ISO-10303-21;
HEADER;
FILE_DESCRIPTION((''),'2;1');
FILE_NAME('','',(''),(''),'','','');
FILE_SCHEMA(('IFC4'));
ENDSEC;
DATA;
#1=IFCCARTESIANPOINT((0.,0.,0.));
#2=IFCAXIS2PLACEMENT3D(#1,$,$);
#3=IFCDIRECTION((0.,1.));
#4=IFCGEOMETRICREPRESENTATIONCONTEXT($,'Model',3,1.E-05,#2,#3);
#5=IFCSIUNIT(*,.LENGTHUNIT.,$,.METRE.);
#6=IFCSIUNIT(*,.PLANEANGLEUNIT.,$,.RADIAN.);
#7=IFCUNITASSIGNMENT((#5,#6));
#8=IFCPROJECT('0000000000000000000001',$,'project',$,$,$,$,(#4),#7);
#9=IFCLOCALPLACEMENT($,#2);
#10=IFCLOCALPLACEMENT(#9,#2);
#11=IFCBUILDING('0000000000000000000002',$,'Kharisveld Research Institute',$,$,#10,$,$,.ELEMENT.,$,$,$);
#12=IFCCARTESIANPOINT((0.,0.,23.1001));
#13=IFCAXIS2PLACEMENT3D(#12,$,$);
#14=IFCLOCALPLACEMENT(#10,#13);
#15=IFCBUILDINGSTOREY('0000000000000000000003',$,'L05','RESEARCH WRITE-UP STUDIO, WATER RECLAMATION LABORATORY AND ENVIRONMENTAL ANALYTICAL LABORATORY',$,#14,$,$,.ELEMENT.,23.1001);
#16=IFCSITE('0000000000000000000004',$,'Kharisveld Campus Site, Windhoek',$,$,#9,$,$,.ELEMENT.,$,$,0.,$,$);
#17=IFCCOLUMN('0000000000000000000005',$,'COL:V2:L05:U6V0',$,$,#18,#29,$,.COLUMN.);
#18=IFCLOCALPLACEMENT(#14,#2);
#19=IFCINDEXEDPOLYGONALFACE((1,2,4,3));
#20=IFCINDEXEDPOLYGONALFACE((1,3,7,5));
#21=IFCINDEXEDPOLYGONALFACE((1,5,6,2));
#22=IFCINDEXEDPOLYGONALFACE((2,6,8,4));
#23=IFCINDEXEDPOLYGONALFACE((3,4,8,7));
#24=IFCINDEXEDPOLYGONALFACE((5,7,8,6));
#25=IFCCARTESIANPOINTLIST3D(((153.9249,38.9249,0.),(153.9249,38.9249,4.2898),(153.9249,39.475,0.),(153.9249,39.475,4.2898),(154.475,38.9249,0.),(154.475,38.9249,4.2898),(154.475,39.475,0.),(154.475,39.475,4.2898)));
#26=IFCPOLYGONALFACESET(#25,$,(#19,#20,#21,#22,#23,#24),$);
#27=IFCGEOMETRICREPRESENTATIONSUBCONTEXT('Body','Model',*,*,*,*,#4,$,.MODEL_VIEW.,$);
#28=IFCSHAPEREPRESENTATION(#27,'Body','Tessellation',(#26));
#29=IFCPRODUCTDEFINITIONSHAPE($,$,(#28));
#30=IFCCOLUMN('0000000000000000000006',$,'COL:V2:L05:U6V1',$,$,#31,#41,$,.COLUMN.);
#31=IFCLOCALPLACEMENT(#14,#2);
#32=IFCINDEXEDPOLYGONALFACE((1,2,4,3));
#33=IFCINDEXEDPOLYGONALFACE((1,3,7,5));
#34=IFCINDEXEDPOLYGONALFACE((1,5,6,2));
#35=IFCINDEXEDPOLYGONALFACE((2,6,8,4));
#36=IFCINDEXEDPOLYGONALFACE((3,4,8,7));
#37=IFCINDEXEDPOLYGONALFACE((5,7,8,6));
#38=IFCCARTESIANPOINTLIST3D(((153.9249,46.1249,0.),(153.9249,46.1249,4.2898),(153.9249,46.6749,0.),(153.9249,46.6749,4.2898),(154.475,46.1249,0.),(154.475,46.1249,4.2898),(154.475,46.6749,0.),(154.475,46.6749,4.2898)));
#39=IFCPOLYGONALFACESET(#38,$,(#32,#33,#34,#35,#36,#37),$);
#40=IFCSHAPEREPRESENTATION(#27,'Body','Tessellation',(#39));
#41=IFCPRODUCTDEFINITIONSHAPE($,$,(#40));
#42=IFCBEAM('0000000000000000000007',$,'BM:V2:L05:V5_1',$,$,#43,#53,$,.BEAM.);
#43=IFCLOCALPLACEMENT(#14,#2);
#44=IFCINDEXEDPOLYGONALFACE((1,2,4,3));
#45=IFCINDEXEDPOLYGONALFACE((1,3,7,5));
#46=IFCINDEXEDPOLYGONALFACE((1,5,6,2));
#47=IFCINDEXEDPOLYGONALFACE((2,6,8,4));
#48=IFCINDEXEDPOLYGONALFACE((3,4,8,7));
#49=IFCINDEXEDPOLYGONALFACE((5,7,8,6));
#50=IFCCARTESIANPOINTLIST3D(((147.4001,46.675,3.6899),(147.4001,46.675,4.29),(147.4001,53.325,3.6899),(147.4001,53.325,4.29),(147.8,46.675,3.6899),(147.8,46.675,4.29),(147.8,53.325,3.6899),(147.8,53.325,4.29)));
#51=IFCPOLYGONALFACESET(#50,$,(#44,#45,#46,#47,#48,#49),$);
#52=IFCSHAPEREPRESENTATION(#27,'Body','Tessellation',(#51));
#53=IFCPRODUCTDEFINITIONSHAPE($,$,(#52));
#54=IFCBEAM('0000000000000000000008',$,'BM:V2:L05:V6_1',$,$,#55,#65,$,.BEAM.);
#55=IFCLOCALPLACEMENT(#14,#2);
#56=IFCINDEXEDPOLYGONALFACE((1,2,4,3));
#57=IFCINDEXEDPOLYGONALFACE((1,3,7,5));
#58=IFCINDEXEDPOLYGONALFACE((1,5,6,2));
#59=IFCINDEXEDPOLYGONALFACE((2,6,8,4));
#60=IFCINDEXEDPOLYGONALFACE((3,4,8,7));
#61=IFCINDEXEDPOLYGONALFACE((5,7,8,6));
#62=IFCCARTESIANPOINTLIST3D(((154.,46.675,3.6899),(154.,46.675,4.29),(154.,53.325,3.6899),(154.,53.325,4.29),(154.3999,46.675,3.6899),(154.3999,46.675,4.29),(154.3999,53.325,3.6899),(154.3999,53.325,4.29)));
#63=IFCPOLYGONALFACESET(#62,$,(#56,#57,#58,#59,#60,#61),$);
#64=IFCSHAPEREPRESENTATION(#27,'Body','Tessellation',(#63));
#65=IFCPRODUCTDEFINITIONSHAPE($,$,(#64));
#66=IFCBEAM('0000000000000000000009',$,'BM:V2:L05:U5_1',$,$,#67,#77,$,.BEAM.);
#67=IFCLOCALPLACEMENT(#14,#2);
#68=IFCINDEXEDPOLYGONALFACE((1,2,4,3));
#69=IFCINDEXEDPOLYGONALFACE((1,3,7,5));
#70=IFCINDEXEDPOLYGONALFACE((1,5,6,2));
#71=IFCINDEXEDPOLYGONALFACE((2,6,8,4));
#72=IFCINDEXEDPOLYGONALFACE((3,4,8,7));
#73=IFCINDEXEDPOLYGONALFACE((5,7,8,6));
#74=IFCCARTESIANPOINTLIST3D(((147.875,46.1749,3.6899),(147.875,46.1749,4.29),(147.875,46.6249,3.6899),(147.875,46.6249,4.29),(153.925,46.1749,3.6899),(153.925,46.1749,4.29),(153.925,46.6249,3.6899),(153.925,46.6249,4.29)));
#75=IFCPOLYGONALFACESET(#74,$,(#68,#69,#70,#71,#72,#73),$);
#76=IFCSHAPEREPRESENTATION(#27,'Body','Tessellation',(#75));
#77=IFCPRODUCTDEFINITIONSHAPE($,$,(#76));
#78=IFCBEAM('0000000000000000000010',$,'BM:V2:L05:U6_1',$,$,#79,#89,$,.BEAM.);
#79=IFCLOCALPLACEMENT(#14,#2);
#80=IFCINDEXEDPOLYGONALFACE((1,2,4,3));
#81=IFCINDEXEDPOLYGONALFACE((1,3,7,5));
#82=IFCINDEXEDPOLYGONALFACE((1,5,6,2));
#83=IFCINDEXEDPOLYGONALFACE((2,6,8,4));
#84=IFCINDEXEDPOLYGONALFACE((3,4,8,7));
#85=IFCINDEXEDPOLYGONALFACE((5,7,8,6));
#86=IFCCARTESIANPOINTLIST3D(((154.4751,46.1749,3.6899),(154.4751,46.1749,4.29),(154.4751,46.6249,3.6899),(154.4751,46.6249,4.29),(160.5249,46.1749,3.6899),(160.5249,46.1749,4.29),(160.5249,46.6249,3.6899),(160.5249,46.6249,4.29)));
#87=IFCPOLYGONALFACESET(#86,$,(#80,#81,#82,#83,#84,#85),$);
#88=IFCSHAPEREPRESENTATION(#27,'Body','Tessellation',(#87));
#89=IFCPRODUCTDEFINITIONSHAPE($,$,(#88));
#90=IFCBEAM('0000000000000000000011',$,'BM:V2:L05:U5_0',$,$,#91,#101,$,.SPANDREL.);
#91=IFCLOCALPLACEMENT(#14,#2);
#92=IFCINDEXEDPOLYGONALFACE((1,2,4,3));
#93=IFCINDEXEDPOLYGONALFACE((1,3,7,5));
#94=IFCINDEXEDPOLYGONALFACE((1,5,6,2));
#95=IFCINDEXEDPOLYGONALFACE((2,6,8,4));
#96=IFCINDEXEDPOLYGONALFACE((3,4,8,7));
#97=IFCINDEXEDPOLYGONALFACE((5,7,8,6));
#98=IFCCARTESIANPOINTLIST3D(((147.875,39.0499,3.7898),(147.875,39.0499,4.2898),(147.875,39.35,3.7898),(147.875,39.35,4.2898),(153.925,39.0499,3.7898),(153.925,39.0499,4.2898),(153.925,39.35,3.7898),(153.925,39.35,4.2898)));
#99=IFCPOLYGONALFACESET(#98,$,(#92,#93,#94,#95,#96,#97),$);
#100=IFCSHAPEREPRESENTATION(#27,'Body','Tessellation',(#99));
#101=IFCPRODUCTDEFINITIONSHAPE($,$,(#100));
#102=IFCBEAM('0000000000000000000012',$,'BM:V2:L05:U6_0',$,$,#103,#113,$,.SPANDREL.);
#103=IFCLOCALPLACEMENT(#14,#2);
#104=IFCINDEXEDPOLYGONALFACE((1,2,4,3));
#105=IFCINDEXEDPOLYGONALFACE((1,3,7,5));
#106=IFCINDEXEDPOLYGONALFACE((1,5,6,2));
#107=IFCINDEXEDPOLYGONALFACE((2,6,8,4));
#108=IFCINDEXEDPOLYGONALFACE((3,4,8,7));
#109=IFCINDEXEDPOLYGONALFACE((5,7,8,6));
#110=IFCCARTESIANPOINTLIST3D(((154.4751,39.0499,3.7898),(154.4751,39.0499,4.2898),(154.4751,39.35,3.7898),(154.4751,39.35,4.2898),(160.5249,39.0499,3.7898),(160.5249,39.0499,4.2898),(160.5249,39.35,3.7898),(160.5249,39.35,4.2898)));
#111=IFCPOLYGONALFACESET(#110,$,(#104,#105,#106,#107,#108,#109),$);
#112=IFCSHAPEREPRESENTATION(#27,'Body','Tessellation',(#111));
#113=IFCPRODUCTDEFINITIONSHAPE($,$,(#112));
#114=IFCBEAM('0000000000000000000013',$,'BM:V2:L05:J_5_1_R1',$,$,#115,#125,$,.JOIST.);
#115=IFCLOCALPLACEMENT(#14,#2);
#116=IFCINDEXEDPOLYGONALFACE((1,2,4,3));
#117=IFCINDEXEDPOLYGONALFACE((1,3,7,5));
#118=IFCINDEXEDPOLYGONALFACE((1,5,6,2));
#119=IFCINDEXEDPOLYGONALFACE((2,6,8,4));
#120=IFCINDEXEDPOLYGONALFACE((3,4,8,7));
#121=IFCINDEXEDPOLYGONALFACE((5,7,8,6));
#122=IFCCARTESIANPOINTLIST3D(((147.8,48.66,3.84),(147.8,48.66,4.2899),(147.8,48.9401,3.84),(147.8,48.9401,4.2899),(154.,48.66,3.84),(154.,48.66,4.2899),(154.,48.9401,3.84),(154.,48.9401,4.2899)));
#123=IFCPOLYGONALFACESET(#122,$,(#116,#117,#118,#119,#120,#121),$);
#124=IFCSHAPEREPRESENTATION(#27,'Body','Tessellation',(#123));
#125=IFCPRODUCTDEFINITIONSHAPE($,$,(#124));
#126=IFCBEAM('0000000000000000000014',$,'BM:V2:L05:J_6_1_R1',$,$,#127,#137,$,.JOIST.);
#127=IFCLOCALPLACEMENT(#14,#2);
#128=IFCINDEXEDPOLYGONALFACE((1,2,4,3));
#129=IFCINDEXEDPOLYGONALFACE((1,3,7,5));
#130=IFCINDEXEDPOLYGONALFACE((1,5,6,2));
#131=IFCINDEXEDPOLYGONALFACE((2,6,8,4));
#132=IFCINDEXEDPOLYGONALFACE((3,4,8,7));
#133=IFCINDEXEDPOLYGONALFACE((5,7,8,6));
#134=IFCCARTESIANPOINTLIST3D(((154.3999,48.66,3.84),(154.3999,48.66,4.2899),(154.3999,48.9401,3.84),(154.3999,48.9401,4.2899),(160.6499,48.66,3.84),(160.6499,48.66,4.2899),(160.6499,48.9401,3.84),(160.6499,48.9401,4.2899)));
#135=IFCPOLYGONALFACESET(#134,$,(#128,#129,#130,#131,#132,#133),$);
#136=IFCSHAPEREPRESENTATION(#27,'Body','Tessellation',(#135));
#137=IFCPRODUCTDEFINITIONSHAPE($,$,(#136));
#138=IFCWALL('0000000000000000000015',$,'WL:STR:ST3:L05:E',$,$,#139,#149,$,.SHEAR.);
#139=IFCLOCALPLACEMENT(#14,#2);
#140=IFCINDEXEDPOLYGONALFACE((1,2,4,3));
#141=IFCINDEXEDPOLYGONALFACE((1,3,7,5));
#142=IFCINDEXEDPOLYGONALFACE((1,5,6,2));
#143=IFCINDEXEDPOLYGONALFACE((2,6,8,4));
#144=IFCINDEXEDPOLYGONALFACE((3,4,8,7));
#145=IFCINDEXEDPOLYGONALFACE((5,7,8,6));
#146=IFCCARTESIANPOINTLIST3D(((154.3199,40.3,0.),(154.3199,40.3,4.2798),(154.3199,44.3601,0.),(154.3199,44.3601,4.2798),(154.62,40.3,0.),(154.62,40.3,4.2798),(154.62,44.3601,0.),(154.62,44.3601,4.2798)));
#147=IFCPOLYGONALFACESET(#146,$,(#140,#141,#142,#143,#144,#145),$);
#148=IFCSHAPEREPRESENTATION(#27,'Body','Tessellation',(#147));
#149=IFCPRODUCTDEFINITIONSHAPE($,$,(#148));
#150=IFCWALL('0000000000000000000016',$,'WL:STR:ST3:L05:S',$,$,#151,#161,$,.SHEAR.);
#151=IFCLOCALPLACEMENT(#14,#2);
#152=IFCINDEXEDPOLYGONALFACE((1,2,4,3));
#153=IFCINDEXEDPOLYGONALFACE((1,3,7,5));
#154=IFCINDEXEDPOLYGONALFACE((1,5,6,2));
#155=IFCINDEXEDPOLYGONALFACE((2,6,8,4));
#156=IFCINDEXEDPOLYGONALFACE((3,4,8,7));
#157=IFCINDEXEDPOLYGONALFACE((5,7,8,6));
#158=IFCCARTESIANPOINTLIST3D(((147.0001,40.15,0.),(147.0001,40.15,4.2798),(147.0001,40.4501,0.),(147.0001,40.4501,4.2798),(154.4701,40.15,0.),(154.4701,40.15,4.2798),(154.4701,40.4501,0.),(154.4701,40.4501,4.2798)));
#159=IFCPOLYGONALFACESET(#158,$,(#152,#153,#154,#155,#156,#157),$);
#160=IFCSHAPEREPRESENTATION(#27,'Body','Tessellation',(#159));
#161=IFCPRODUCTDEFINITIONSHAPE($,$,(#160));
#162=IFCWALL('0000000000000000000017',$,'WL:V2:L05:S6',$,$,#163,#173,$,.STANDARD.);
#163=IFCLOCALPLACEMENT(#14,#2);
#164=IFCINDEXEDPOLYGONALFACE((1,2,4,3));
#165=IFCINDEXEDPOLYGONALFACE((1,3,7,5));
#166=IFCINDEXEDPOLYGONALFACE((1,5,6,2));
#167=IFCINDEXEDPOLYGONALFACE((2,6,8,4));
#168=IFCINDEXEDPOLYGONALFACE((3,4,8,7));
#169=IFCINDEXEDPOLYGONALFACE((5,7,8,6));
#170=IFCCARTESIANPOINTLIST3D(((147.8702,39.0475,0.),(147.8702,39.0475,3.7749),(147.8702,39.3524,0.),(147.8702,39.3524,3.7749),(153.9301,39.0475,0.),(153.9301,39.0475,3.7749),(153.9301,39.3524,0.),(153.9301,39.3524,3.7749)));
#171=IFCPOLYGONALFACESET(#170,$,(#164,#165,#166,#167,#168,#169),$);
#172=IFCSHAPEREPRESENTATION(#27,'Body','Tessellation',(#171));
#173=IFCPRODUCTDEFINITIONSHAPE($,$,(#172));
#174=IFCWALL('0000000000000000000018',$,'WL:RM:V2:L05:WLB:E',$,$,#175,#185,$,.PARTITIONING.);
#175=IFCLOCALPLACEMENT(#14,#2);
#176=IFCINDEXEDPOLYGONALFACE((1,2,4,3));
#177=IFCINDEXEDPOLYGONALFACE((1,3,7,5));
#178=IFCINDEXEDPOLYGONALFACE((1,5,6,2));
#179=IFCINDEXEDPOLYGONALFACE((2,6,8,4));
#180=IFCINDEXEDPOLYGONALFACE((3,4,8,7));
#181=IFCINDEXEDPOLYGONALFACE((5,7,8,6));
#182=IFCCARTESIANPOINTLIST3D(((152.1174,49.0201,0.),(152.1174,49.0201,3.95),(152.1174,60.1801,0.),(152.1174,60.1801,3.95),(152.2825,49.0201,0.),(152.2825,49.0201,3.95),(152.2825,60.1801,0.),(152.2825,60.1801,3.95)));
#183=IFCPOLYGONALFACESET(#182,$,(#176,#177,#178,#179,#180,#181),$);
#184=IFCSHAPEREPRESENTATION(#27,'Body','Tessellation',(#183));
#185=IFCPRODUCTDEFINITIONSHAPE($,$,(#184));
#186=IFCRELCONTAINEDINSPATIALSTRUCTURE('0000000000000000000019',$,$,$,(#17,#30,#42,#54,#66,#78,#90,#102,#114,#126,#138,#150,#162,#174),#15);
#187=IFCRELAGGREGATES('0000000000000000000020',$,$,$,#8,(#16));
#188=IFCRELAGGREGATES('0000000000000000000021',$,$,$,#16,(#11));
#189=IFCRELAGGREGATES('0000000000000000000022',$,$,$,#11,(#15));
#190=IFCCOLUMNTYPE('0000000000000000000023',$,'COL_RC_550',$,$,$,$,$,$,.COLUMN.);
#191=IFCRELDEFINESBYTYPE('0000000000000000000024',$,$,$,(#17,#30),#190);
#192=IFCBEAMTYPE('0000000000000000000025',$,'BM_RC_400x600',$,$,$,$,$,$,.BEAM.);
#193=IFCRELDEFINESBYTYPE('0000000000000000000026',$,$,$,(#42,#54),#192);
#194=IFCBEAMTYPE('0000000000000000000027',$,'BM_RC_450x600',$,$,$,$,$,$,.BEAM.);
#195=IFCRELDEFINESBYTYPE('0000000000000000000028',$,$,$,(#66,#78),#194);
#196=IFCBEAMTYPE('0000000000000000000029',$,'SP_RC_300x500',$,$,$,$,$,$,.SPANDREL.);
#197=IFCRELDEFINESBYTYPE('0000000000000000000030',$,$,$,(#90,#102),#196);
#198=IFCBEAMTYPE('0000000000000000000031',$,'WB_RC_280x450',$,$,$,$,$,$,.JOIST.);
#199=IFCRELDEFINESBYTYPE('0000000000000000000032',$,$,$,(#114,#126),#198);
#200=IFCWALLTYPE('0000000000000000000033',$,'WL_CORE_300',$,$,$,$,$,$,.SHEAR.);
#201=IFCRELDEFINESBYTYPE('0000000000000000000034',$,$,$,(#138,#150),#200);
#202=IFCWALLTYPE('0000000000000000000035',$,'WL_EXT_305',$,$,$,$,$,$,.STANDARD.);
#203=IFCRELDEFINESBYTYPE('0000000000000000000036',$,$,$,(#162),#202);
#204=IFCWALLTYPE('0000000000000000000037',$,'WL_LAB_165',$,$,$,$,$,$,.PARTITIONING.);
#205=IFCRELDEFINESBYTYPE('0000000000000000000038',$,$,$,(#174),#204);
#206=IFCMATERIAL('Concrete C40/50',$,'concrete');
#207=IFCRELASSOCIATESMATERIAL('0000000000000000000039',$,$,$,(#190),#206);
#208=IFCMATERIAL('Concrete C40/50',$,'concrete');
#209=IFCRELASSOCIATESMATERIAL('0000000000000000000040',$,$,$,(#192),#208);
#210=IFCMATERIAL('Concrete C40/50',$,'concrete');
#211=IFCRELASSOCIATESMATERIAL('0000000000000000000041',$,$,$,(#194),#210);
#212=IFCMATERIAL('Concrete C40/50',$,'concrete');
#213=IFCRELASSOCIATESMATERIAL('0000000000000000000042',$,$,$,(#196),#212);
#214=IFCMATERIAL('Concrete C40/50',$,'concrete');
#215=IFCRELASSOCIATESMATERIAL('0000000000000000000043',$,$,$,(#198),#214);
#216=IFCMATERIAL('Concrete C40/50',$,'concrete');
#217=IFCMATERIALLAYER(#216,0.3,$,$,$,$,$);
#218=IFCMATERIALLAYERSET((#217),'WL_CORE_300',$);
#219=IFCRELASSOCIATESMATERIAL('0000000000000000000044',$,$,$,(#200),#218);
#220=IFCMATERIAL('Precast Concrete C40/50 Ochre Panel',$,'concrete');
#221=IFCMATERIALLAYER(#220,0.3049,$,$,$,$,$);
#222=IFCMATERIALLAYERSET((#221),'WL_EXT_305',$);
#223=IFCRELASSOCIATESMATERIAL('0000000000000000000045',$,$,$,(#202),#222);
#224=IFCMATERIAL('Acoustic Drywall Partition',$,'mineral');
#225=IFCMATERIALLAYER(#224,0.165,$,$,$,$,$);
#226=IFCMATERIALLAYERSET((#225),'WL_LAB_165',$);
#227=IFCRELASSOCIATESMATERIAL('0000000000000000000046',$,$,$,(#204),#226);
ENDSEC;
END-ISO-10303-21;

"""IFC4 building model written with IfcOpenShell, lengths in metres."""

from ifc_helpers import new_model, si_unit, direction, frame, frame_2d, origin, origin_2d, place, context, subcontext, project, spatial, rectangle, extrude, material, layer, layer_set, material_profile, profile_set, type_object, element, save


model = new_model("IFC4")

# Units and contexts
model_context = context("Model", 3, precision=1e-05, world=origin(), true_north=direction((0.0, 1.0)))
body_context = subcontext(model_context, "Body", "Model", "MODEL_VIEW")
ifc_project = project(units=[si_unit("LENGTHUNIT", "METRE"), si_unit("PLANEANGLEUNIT", "RADIAN")], contexts=[model_context])

# Site, building, storey
site_placement = place(None, origin())
site = spatial("IfcSite", under=ifc_project, at=site_placement, Name="Kharisveld Campus Site, Windhoek", CompositionType="ELEMENT", RefElevation=0.0)
building_placement = place(site_placement, origin())
building = spatial("IfcBuilding", under=site, at=building_placement, Name="Kharisveld Research Institute", CompositionType="ELEMENT")
storey_placement = place(building_placement, frame((0.0, 0.0, 23.1001)))
storey = spatial("IfcBuildingStorey", under=building, at=storey_placement, Name="L05", Description="RESEARCH WRITE-UP STUDIO, WATER RECLAMATION LABORATORY AND ENVIRONMENTAL ANALYTICAL LABORATORY", CompositionType="ELEMENT", Elevation=23.1001)

# Columns
ifc_material_1 = material(Name="Concrete C40/50", Category="concrete")
ifc_material_profile_1 = material_profile(ifc_material_1, rectangle(XDim=0.55, YDim=0.55, at=origin_2d()))
ifc_profile_set_1 = profile_set([ifc_material_profile_1], Name="Concrete C40/50")
column_type = type_object("IfcColumnType", Name="COL_RC_550", PredefinedType="COLUMN", material=ifc_profile_set_1)
for number, where, z_axis, x_axis, name in (
    (1, (154.2, 39.2, 0.0), (0.0, 0.0, 1.0), (1.0, 0.0, 0.0), "COL:V2:L05:U6V0"),
    (2, (154.2, 46.3999, 0.0), (0.0, 0.0, 1.0), (1.0, 0.0, 0.0), "COL:V2:L05:U6V1"),
):
    element("IfcColumn", number, at=place(storey_placement, frame(where, z_axis=z_axis, x_axis=x_axis)), inside=storey, type_object=column_type, Name=name, PredefinedType="COLUMN", context=body_context, shape_type="SweptSolid", body=[
        extrude(rectangle(XDim=0.55, YDim=0.55, at=origin_2d()), origin(), (0.0, 0.0, 1.0), 4.2898),
    ])

# Beams
ifc_material_2 = material(Name="Concrete C40/50", Category="concrete")
ifc_material_profile_2 = material_profile(ifc_material_2, rectangle(XDim=0.3999, YDim=0.6001, at=origin_2d()))
ifc_profile_set_2 = profile_set([ifc_material_profile_2], Name="Concrete C40/50")
beam_type_1 = type_object("IfcBeamType", Name="BM_RC_400x600", PredefinedType="BEAM", material=ifc_profile_set_2)
for number, where, z_axis, x_axis, name in (
    (3, (147.6001, 46.675, 3.99), (0.0, 1.0, 0.0), (-1.0, 0.0, 0.0), "BM:V2:L05:V5_1"),
    (4, (154.2, 46.675, 3.99), (0.0, 1.0, 0.0), (-1.0, 0.0, 0.0), "BM:V2:L05:V6_1"),
):
    element("IfcBeam", number, at=place(storey_placement, frame(where, z_axis=z_axis, x_axis=x_axis)), inside=storey, type_object=beam_type_1, Name=name, PredefinedType="BEAM", context=body_context, shape_type="SweptSolid", body=[
        extrude(rectangle(XDim=0.3999, YDim=0.6001, at=origin_2d()), origin(), (0.0, 0.0, 1.0), 6.6499),
    ])
ifc_material_3 = material(Name="Concrete C40/50", Category="concrete")
ifc_material_profile_3 = material_profile(ifc_material_3, rectangle(XDim=0.45, YDim=0.6001, at=origin_2d()))
ifc_profile_set_3 = profile_set([ifc_material_profile_3], Name="Concrete C40/50")
beam_type_2 = type_object("IfcBeamType", Name="BM_RC_450x600", PredefinedType="BEAM", material=ifc_profile_set_3)
beam_1_placement = place(storey_placement, frame((147.875, 46.3999, 3.99), z_axis=(1.0, 0.0, 0.0), x_axis=(0.0, 1.0, 0.0)))
element("IfcBeam", 5, at=beam_1_placement, inside=storey, type_object=beam_type_2, Name="BM:V2:L05:U5_1", PredefinedType="BEAM", context=body_context, shape_type="SweptSolid", body=[
    extrude(rectangle(XDim=0.45, YDim=0.6001, at=origin_2d()), origin(), (0.0, 0.0, 1.0), 6.05),
])
beam_2_placement = place(storey_placement, frame((154.4751, 46.3999, 3.99), z_axis=(1.0, 0.0, 0.0), x_axis=(0.0, 1.0, 0.0)))
element("IfcBeam", 6, at=beam_2_placement, inside=storey, type_object=beam_type_2, Name="BM:V2:L05:U6_1", PredefinedType="BEAM", context=body_context, shape_type="SweptSolid", body=[
    extrude(rectangle(XDim=0.45, YDim=0.6001, at=origin_2d()), origin(), (0.0, 0.0, 1.0), 6.0498),
])
ifc_material_4 = material(Name="Concrete C40/50", Category="concrete")
ifc_material_profile_4 = material_profile(ifc_material_4, rectangle(XDim=0.3, YDim=0.5, at=origin_2d()))
ifc_profile_set_4 = profile_set([ifc_material_profile_4], Name="Concrete C40/50")
beam_type_3 = type_object("IfcBeamType", Name="SP_RC_300x500", PredefinedType="SPANDREL", material=ifc_profile_set_4)
beam_3_placement = place(storey_placement, frame((147.875, 39.2, 4.0398), z_axis=(1.0, 0.0, 0.0), x_axis=(0.0, 1.0, 0.0)))
element("IfcBeam", 7, at=beam_3_placement, inside=storey, type_object=beam_type_3, Name="BM:V2:L05:U5_0", PredefinedType="SPANDREL", context=body_context, shape_type="SweptSolid", body=[
    extrude(rectangle(XDim=0.3, YDim=0.5, at=origin_2d()), origin(), (0.0, 0.0, 1.0), 6.05),
])
beam_4_placement = place(storey_placement, frame((154.4751, 39.2, 4.0398), z_axis=(1.0, 0.0, 0.0), x_axis=(0.0, 1.0, 0.0)))
element("IfcBeam", 8, at=beam_4_placement, inside=storey, type_object=beam_type_3, Name="BM:V2:L05:U6_0", PredefinedType="SPANDREL", context=body_context, shape_type="SweptSolid", body=[
    extrude(rectangle(XDim=0.3, YDim=0.5, at=origin_2d()), origin(), (0.0, 0.0, 1.0), 6.0498),
])
ifc_material_5 = material(Name="Concrete C40/50", Category="concrete")
ifc_material_profile_5 = material_profile(ifc_material_5, rectangle(XDim=0.28, YDim=0.45, at=origin_2d()))
ifc_profile_set_5 = profile_set([ifc_material_profile_5], Name="Concrete C40/50")
beam_type_4 = type_object("IfcBeamType", Name="WB_RC_280x450", PredefinedType="JOIST", material=ifc_profile_set_5)
beam_5_placement = place(storey_placement, frame((147.8, 48.8, 4.0649), z_axis=(1.0, 0.0, 0.0), x_axis=(0.0, 1.0, 0.0)))
element("IfcBeam", 9, at=beam_5_placement, inside=storey, type_object=beam_type_4, Name="BM:V2:L05:J_5_1_R1", PredefinedType="JOIST", context=body_context, shape_type="SweptSolid", body=[
    extrude(rectangle(XDim=0.28, YDim=0.45, at=origin_2d()), origin(), (0.0, 0.0, 1.0), 6.2),
])
beam_6_placement = place(storey_placement, frame((154.3999, 48.8, 4.0649), z_axis=(1.0, 0.0, 0.0), x_axis=(0.0, 1.0, 0.0)))
element("IfcBeam", 10, at=beam_6_placement, inside=storey, type_object=beam_type_4, Name="BM:V2:L05:J_6_1_R1", PredefinedType="JOIST", context=body_context, shape_type="SweptSolid", body=[
    extrude(rectangle(XDim=0.28, YDim=0.45, at=origin_2d()), origin(), (0.0, 0.0, 1.0), 6.25),
])

# Walls
ifc_material_6 = material(Name="Concrete C40/50", Category="concrete")
ifc_layer_1 = layer(ifc_material_6, 0.3)
ifc_layer_set_1 = layer_set([ifc_layer_1], Name="WL_CORE_300")
wall_type_1 = type_object("IfcWallType", Name="WL_CORE_300", PredefinedType="SHEAR", material=ifc_layer_set_1)
wall_1_placement = place(storey_placement, frame((154.47, 44.3601, 0.0), z_axis=(0.0, 0.0, 1.0), x_axis=(0.0, -1.0, 0.0)))
element("IfcWall", 11, at=wall_1_placement, inside=storey, type_object=wall_type_1, Name="WL:STR:ST3:L05:E", PredefinedType="SHEAR", context=body_context, shape_type="SweptSolid", body=[
    extrude(rectangle(XDim=4.0601, YDim=0.3, at=frame_2d((2.03, 0.0))), origin(), (0.0, 0.0, 1.0), 4.2798),
])
wall_2_placement = place(storey_placement, frame((154.47, 40.3, 0.0), z_axis=(0.0, 0.0, 1.0), x_axis=(-1.0, 0.0, 0.0)))
element("IfcWall", 12, at=wall_2_placement, inside=storey, type_object=wall_type_1, Name="WL:STR:ST3:L05:S", PredefinedType="SHEAR", context=body_context, shape_type="SweptSolid", body=[
    extrude(rectangle(XDim=7.47, YDim=0.3, at=frame_2d((3.7349, 0.0))), origin(), (0.0, 0.0, 1.0), 4.2798),
])
ifc_material_7 = material(Name="Precast Concrete C40/50 Ochre Panel", Category="concrete")
ifc_layer_2 = layer(ifc_material_7, 0.3049)
ifc_layer_set_2 = layer_set([ifc_layer_2], Name="WL_EXT_305")
wall_type_2 = type_object("IfcWallType", Name="WL_EXT_305", PredefinedType="STANDARD", material=ifc_layer_set_2)
wall_3_placement = place(storey_placement, frame((153.9299, 39.2, 0.0), z_axis=(0.0, 0.0, 1.0), x_axis=(-1.0, 0.0, 0.0)))
element("IfcWall", 13, at=wall_3_placement, inside=storey, type_object=wall_type_2, Name="WL:V2:L05:S6", PredefinedType="STANDARD", context=body_context, shape_type="SweptSolid", body=[
    extrude(rectangle(XDim=6.0598, YDim=0.3049, at=frame_2d((3.0298, 0.0))), origin(), (0.0, 0.0, 1.0), 3.7749),
])
ifc_material_8 = material(Name="Acoustic Drywall Partition", Category="mineral")
ifc_layer_3 = layer(ifc_material_8, 0.165)
ifc_layer_set_3 = layer_set([ifc_layer_3], Name="WL_LAB_165")
wall_type_3 = type_object("IfcWallType", Name="WL_LAB_165", PredefinedType="PARTITIONING", material=ifc_layer_set_3)
wall_4_placement = place(storey_placement, frame((152.2, 49.02, 0.0), z_axis=(0.0, 0.0, 1.0), x_axis=(0.0, 1.0, 0.0)))
element("IfcWall", 14, at=wall_4_placement, inside=storey, type_object=wall_type_3, Name="WL:RM:V2:L05:WLB:E", PredefinedType="PARTITIONING", context=body_context, shape_type="SweptSolid", body=[
    extrude(rectangle(XDim=11.1599, YDim=0.165, at=frame_2d((5.5801, 0.0))), origin(), (0.0, 0.0, 1.0), 3.95),
])

save(model, "model.ifc")
